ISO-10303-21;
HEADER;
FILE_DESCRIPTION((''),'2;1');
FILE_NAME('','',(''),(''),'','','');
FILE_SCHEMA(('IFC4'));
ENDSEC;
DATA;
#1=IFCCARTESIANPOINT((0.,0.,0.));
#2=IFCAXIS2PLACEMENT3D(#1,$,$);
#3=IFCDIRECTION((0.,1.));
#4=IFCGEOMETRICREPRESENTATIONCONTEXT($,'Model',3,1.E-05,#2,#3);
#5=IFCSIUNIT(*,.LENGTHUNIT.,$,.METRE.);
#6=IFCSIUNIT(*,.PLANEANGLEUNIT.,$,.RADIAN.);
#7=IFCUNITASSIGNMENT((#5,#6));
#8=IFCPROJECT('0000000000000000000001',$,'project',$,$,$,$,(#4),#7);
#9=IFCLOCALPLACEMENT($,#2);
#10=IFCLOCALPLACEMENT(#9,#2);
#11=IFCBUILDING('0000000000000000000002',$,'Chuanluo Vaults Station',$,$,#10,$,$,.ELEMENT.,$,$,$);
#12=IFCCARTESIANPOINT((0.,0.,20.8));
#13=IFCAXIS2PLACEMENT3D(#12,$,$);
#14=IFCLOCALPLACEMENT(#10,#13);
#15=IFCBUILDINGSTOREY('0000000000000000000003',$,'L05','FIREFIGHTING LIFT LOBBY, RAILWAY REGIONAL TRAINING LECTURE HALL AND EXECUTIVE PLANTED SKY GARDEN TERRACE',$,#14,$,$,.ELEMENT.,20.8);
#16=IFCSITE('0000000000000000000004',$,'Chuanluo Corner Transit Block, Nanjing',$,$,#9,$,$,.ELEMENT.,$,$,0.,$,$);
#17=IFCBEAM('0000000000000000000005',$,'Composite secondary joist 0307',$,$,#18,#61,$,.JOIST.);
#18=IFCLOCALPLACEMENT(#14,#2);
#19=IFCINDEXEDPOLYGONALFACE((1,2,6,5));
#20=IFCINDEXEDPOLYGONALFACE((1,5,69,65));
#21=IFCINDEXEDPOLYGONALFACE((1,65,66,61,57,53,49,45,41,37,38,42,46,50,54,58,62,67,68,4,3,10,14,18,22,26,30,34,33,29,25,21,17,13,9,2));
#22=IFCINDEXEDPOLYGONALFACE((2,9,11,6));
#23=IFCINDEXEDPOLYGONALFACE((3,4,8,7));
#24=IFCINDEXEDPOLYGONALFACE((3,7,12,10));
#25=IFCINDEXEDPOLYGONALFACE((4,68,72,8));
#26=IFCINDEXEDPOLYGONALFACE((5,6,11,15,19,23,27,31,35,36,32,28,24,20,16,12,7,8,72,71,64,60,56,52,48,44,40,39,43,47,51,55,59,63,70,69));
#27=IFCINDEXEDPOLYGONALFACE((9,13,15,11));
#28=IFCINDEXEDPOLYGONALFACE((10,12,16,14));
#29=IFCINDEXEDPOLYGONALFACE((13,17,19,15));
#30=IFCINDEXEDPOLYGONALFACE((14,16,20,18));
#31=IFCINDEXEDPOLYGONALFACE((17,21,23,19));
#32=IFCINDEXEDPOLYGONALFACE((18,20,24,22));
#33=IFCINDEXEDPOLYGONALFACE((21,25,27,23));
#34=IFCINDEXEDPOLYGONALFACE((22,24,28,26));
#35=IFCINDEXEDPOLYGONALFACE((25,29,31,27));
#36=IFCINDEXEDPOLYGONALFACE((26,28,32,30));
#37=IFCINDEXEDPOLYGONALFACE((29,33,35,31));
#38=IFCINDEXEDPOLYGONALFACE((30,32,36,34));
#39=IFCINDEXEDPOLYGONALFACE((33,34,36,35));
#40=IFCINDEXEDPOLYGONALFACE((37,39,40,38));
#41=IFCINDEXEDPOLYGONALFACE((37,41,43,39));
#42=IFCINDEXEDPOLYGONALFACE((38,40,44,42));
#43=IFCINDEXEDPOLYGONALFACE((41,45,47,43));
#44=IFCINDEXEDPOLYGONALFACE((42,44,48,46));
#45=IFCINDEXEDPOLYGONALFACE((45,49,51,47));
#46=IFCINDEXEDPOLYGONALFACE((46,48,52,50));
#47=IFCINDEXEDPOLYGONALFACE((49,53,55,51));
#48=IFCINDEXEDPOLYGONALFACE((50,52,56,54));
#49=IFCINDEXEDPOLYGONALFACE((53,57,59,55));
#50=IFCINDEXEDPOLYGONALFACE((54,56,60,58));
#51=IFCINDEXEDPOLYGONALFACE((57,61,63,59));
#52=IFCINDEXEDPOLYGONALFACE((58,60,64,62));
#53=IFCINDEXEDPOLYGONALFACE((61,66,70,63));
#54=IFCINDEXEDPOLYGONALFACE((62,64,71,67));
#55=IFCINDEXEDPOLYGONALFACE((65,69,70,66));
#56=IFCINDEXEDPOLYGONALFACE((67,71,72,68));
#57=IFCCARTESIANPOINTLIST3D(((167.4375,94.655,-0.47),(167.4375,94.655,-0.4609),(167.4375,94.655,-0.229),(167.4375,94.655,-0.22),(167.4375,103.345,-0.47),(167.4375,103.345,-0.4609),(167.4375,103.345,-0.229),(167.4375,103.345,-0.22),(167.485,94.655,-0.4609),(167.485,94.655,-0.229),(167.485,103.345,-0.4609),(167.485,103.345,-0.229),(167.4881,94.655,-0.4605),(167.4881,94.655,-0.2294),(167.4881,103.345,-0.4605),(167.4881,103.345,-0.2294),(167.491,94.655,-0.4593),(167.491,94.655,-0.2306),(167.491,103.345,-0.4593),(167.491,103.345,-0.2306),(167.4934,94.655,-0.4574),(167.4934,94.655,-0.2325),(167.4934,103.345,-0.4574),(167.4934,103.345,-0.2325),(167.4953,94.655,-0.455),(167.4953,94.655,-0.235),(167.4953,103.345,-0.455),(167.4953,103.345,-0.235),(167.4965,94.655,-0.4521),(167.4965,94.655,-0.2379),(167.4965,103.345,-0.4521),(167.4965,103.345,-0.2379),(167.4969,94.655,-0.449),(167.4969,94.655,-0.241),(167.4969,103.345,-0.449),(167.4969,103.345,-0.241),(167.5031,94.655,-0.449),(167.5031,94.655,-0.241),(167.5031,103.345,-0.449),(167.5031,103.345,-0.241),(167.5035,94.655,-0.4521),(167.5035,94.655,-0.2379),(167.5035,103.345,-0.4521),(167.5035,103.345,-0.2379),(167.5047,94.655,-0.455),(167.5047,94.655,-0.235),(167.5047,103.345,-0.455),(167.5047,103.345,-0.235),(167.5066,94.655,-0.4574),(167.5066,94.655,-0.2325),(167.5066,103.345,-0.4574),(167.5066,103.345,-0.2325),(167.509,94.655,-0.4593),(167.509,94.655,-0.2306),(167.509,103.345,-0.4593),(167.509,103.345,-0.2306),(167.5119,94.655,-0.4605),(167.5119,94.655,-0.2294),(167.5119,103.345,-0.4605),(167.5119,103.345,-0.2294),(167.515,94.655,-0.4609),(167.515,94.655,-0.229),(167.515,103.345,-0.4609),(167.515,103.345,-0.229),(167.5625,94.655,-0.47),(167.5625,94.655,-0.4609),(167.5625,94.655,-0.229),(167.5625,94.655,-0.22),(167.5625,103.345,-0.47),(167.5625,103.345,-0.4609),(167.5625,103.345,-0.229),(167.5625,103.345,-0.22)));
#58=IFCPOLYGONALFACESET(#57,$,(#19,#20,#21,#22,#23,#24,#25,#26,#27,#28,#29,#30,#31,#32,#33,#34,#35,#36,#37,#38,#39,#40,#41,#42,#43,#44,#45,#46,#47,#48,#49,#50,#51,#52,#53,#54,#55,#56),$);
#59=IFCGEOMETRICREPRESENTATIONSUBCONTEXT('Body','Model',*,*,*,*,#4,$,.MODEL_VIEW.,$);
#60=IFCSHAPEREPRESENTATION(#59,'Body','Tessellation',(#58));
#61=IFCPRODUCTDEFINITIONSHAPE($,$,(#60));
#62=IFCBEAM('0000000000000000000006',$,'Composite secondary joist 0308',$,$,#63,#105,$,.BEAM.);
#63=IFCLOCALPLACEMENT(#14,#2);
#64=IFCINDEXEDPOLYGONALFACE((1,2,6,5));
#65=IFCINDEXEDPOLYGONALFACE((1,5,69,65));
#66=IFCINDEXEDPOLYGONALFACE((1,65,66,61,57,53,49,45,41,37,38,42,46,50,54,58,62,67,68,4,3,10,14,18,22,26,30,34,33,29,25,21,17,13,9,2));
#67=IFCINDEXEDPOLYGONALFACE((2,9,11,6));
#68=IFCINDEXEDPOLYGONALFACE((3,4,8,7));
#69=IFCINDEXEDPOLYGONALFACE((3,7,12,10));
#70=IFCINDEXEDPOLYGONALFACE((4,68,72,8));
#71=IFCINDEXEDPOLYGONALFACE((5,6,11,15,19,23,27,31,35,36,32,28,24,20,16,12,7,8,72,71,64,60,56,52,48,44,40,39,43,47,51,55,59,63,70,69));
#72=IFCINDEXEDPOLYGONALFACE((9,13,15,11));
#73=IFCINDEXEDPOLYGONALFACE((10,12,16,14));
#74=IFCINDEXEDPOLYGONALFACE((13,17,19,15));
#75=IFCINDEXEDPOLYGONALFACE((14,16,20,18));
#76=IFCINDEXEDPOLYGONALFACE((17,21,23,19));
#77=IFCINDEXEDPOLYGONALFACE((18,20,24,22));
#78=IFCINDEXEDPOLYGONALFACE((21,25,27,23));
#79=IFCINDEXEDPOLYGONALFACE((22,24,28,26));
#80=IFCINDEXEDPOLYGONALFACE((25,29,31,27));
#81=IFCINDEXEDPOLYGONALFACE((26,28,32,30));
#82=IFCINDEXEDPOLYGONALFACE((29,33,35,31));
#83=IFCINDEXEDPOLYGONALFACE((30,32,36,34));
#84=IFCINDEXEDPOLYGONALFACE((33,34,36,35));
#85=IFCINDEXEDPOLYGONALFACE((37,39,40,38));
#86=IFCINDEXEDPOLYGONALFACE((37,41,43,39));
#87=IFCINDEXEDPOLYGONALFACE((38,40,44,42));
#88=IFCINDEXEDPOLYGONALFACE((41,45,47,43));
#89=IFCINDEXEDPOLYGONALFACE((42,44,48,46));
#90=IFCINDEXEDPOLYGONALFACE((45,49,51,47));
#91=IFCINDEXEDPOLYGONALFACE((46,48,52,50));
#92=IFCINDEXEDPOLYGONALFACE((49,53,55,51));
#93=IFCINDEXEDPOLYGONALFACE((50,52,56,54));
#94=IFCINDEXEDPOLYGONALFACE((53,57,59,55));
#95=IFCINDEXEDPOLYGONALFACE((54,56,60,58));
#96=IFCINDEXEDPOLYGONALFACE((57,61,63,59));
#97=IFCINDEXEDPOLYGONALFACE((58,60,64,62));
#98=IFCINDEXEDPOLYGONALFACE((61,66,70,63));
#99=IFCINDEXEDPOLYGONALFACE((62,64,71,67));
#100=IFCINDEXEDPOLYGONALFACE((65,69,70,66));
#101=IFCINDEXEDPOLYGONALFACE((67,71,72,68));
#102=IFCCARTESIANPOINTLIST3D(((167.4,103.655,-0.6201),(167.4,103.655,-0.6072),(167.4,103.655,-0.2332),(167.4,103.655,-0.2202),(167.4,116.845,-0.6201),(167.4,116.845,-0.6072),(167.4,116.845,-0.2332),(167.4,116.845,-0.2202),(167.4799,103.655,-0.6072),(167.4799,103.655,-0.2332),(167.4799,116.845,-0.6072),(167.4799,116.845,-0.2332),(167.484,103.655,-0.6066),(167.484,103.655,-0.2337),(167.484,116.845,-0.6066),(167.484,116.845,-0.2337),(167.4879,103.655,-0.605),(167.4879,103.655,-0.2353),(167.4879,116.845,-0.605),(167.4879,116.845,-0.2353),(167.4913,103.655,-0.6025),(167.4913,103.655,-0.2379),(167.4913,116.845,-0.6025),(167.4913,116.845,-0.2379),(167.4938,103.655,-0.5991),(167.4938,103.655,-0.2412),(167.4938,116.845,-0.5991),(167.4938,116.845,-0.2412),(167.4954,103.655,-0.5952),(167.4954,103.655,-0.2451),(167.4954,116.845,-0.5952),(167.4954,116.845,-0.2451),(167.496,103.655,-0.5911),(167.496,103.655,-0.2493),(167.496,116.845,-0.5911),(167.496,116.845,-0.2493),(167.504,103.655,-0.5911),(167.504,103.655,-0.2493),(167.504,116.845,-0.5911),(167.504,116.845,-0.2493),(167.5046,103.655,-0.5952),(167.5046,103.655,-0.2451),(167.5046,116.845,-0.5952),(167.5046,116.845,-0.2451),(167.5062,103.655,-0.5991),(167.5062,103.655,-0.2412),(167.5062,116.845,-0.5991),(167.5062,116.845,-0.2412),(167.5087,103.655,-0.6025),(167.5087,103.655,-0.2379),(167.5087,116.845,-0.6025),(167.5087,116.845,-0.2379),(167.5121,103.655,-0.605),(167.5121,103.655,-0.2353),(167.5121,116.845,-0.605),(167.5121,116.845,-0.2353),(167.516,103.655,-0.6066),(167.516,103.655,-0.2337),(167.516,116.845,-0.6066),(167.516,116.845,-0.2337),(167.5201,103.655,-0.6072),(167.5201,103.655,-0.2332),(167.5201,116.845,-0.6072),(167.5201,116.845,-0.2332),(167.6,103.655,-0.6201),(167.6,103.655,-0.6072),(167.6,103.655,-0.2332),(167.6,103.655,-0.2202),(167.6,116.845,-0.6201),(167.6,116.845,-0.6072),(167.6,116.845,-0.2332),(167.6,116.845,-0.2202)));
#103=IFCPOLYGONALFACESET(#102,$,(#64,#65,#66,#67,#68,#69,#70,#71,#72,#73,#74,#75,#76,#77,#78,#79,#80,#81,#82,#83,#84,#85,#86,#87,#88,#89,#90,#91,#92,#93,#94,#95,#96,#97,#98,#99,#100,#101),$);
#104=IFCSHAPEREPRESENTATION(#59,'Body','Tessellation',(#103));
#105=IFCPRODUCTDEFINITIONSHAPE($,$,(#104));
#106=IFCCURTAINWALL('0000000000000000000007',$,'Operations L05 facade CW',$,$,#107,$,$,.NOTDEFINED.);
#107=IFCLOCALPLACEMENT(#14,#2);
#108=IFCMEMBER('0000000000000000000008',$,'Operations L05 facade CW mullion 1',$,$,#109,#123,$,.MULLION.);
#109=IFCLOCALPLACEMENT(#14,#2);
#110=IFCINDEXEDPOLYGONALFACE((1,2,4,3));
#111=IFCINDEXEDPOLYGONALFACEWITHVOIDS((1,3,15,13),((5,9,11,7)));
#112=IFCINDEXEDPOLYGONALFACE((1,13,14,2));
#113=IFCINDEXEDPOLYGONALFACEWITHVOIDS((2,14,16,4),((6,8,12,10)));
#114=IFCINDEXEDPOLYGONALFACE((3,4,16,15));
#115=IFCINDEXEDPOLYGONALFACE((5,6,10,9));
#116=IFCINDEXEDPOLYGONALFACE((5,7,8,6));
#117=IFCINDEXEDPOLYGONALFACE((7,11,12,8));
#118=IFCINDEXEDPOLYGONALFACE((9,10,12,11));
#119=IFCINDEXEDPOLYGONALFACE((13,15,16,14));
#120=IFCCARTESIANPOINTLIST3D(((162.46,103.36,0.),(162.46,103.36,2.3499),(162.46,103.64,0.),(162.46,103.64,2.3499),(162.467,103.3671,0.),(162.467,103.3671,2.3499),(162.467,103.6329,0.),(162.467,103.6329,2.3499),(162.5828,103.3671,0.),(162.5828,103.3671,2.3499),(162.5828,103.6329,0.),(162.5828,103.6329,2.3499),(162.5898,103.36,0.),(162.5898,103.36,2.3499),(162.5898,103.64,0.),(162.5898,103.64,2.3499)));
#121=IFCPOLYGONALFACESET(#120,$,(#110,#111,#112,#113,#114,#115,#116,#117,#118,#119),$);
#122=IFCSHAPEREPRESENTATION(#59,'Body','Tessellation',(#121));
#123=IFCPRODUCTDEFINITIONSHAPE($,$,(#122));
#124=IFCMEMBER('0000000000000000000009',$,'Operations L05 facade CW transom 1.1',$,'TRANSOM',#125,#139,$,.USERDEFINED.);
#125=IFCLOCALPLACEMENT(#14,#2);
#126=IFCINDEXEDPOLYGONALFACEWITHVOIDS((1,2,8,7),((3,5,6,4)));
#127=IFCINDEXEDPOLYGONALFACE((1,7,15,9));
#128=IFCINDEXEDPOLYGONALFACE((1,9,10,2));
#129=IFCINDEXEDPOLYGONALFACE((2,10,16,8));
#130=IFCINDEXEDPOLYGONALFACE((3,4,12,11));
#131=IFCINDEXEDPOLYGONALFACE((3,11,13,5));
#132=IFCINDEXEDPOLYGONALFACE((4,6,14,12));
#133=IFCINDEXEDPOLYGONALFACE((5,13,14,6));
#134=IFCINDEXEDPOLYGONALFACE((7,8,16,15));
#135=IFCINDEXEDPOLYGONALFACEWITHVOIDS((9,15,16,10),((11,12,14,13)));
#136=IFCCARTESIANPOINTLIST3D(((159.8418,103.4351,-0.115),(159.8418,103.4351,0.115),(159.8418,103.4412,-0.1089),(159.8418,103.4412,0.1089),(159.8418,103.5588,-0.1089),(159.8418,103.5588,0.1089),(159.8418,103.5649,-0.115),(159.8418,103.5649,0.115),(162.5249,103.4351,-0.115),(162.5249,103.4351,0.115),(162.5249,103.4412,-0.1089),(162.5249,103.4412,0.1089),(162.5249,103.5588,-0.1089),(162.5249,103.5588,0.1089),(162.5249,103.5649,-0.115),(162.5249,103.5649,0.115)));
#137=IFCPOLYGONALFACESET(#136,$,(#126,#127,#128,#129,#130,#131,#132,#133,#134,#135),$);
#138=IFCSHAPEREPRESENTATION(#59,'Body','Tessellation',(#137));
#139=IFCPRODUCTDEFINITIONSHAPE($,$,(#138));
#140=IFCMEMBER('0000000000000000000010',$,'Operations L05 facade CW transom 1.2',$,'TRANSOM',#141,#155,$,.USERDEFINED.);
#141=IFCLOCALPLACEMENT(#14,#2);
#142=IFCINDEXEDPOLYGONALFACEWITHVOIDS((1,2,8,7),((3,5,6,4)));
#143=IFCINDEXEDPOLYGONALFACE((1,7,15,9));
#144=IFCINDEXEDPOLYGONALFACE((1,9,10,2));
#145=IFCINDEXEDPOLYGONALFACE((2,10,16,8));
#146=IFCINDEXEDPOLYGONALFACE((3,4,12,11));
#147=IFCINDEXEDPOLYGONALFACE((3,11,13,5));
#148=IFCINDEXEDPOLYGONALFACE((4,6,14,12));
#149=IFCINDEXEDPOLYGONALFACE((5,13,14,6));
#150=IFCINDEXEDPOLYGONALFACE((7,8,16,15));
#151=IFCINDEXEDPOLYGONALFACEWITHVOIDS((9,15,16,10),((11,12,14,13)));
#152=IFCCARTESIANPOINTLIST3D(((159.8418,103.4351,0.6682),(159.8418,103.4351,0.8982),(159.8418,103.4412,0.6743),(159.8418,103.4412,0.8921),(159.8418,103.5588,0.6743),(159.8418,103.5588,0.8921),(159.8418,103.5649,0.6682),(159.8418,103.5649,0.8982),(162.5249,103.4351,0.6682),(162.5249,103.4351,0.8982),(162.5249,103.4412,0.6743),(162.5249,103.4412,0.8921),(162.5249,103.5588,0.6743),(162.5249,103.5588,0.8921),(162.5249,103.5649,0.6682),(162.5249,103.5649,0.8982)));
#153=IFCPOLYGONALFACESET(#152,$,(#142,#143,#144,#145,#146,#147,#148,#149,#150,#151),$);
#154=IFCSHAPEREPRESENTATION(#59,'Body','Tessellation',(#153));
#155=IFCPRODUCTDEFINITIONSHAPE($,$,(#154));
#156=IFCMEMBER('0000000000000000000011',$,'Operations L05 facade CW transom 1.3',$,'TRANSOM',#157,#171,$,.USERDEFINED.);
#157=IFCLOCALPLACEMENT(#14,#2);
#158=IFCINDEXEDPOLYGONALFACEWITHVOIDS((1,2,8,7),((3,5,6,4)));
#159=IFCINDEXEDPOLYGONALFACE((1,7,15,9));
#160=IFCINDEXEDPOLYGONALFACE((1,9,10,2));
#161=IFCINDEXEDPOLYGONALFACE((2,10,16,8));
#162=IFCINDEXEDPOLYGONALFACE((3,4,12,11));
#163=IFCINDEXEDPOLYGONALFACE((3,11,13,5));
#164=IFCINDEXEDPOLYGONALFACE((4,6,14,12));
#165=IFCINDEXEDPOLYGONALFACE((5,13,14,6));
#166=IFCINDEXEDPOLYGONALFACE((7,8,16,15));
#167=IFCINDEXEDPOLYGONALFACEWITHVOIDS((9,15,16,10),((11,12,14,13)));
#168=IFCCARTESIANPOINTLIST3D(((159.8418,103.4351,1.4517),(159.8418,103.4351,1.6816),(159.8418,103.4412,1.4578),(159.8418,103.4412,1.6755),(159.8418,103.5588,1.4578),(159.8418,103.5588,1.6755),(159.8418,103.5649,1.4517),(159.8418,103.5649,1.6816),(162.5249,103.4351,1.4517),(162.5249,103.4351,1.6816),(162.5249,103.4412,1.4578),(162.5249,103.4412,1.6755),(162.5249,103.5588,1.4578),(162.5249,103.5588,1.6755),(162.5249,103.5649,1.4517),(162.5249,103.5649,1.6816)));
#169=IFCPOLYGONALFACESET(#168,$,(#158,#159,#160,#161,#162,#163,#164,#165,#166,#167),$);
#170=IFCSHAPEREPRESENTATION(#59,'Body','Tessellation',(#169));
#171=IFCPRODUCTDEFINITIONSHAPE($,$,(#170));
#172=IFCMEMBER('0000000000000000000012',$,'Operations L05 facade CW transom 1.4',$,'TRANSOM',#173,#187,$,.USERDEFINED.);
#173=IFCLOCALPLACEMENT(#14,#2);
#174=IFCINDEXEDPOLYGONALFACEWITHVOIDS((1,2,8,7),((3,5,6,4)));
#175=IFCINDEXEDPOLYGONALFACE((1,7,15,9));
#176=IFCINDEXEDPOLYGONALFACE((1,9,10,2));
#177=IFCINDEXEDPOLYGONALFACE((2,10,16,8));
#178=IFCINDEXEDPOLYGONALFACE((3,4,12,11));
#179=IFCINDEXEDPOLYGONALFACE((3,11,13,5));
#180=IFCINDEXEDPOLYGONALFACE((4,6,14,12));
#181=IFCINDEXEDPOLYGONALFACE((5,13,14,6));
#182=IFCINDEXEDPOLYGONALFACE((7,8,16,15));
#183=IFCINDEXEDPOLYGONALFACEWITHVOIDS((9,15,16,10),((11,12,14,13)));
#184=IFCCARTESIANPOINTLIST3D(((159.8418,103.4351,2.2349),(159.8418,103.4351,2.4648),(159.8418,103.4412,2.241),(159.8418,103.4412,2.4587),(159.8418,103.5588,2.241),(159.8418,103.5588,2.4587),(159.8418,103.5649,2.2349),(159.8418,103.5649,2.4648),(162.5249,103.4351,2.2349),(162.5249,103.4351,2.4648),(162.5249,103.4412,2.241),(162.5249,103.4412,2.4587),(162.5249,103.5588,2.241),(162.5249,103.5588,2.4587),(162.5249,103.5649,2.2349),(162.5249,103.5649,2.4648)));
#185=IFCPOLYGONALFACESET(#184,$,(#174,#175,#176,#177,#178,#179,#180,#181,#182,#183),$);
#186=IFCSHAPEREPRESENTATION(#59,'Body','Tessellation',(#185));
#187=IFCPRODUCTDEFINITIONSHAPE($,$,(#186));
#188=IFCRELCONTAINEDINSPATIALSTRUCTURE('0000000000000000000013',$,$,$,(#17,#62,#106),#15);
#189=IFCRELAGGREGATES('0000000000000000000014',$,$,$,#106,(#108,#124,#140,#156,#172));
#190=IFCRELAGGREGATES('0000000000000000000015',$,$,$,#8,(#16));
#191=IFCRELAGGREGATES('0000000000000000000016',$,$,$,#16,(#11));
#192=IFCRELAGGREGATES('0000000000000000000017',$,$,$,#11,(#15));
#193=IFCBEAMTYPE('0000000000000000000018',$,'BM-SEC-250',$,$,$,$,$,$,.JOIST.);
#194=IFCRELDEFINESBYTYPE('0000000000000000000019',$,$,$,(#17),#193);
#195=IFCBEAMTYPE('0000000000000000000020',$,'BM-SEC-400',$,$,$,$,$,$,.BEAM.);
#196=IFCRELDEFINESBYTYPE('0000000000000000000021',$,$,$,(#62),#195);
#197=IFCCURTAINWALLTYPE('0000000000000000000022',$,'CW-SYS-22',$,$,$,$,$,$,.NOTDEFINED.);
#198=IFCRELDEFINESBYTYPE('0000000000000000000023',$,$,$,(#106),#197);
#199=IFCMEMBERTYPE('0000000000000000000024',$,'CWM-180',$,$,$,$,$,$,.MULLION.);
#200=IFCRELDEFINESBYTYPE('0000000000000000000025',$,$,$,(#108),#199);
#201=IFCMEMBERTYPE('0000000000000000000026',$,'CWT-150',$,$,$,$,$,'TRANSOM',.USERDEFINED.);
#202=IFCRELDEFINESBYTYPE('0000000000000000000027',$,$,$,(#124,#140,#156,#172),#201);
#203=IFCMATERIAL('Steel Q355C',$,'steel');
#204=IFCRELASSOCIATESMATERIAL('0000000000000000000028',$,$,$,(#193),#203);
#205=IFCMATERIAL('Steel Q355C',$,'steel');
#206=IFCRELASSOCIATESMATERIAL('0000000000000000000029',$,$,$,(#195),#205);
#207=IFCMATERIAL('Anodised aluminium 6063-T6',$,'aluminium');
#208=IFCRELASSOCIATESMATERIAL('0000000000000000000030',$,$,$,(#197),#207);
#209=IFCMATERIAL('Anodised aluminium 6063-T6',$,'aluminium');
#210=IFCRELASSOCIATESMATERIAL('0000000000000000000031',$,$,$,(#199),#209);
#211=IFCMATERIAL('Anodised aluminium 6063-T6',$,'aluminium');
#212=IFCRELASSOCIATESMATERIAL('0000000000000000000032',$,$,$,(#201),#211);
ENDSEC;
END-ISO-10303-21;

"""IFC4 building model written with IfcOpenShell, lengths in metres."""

from ifc_helpers import new_model, si_unit, direction, frame, origin, origin_2d, place, context, subcontext, project, spatial, hollow_rectangle, i_section, extrude, material, material_profile, profile_set, type_object, element, aggregate, save


model = new_model("IFC4")

# Units and contexts
model_context = context("Model", 3, precision=1e-05, world=origin(), true_north=direction((0.0, 1.0)))
body_context = subcontext(model_context, "Body", "Model", "MODEL_VIEW")
ifc_project = project(units=[si_unit("LENGTHUNIT", "METRE"), si_unit("PLANEANGLEUNIT", "RADIAN")], contexts=[model_context])

# Site, building, storey
site_placement = place(None, origin())
site = spatial("IfcSite", under=ifc_project, at=site_placement, Name="Chuanluo Corner Transit Block, Nanjing", CompositionType="ELEMENT", RefElevation=0.0)
building_placement = place(site_placement, origin())
building = spatial("IfcBuilding", under=site, at=building_placement, Name="Chuanluo Vaults Station", CompositionType="ELEMENT")
storey_placement = place(building_placement, frame((0.0, 0.0, 20.8)))
storey = spatial("IfcBuildingStorey", under=building, at=storey_placement, Name="L05", Description="FIREFIGHTING LIFT LOBBY, RAILWAY REGIONAL TRAINING LECTURE HALL AND EXECUTIVE PLANTED SKY GARDEN TERRACE", CompositionType="ELEMENT", Elevation=20.8)

# Beams
ifc_material_1 = material(Name="Steel Q355C", Category="steel")
ifc_material_profile_1 = material_profile(ifc_material_1, i_section(OverallWidth=0.125, OverallDepth=0.25, WebThickness=0.0061, FlangeThickness=0.009, FilletRadius=0.012, at=origin_2d()))
ifc_profile_set_1 = profile_set([ifc_material_profile_1], Name="Steel Q355C")
beam_type_1 = type_object("IfcBeamType", Name="BM-SEC-250", PredefinedType="JOIST", material=ifc_profile_set_1)
beam_1_placement = place(storey_placement, frame((167.5, 94.655, -0.345), z_axis=(0.0, 1.0, 0.0), x_axis=(-1.0, 0.0, 0.0)))
element("IfcBeam", 1, at=beam_1_placement, inside=storey, type_object=beam_type_1, Name="Composite secondary joist 0307", PredefinedType="JOIST", context=body_context, shape_type="SweptSolid", body=[
    extrude(i_section(OverallWidth=0.125, OverallDepth=0.25, WebThickness=0.0061, FlangeThickness=0.009, FilletRadius=0.012, at=origin_2d()), origin(), (0.0, 0.0, 1.0), 8.6899),
])
ifc_material_2 = material(Name="Steel Q355C", Category="steel")
ifc_material_profile_2 = material_profile(ifc_material_2, i_section(OverallWidth=0.2, OverallDepth=0.3999, WebThickness=0.0081, FlangeThickness=0.0129, FilletRadius=0.0161, at=origin_2d()))
ifc_profile_set_2 = profile_set([ifc_material_profile_2], Name="Steel Q355C")
beam_type_2 = type_object("IfcBeamType", Name="BM-SEC-400", PredefinedType="BEAM", material=ifc_profile_set_2)
beam_2_placement = place(storey_placement, frame((167.5, 103.655, -0.4202), z_axis=(0.0, 1.0, 0.0), x_axis=(-1.0, 0.0, 0.0)))
element("IfcBeam", 2, at=beam_2_placement, inside=storey, type_object=beam_type_2, Name="Composite secondary joist 0308", PredefinedType="BEAM", context=body_context, shape_type="SweptSolid", body=[
    extrude(i_section(OverallWidth=0.2, OverallDepth=0.3999, WebThickness=0.0081, FlangeThickness=0.0129, FilletRadius=0.0161, at=origin_2d()), origin(), (0.0, 0.0, 1.0), 13.1899),
])

# Curtain wall, members
ifc_material_3 = material(Name="Anodised aluminium 6063-T6", Category="aluminium")
curtain_wall_type = type_object("IfcCurtainWallType", Name="CW-SYS-22", PredefinedType="NOTDEFINED", material=ifc_material_3)
curtain_wall_placement = place(storey_placement, origin())
curtain_wall = element("IfcCurtainWall", 3, at=curtain_wall_placement, inside=storey, type_object=curtain_wall_type, Name="Operations L05 facade CW", PredefinedType="NOTDEFINED")
ifc_material_4 = material(Name="Anodised aluminium 6063-T6", Category="aluminium")
ifc_material_profile_3 = material_profile(ifc_material_4, hollow_rectangle(XDim=0.1299, YDim=0.28, WallThickness=0.0071, at=origin_2d()))
ifc_profile_set_3 = profile_set([ifc_material_profile_3], Name="Anodised aluminium 6063-T6")
member_type_1 = type_object("IfcMemberType", Name="CWM-180", PredefinedType="MULLION", material=ifc_profile_set_3)
member_1_placement = place(storey_placement, frame((162.5249, 103.5, 0.0), z_axis=(0.0, 0.0, 1.0), x_axis=(-1.0, 0.0, 0.0)))
member_1 = element("IfcMember", 4, at=member_1_placement, type_object=member_type_1, Name="Operations L05 facade CW mullion 1", PredefinedType="MULLION", context=body_context, shape_type="SweptSolid", body=[
    extrude(hollow_rectangle(XDim=0.1299, YDim=0.28, WallThickness=0.0071, at=origin_2d()), origin(), (0.0, 0.0, 1.0), 2.3499),
])
ifc_material_5 = material(Name="Anodised aluminium 6063-T6", Category="aluminium")
ifc_material_profile_4 = material_profile(ifc_material_5, hollow_rectangle(XDim=0.1299, YDim=0.23, WallThickness=0.0061, at=origin_2d()))
ifc_profile_set_4 = profile_set([ifc_material_profile_4], Name="Anodised aluminium 6063-T6")
member_type_2 = type_object("IfcMemberType", Name="CWT-150", ElementType="TRANSOM", PredefinedType="USERDEFINED", material=ifc_profile_set_4)
member_2_placement = place(storey_placement, frame((162.5249, 103.5, 0.0), z_axis=(-1.0, 0.0, 0.0), x_axis=(0.0, -1.0, 0.0)))
member_2 = element("IfcMember", 5, at=member_2_placement, type_object=member_type_2, Name="Operations L05 facade CW transom 1.1", ObjectType="TRANSOM", PredefinedType="USERDEFINED", context=body_context, shape_type="SweptSolid", body=[
    extrude(hollow_rectangle(XDim=0.1299, YDim=0.23, WallThickness=0.0061, at=origin_2d()), origin(), (0.0, 0.0, 1.0), 2.6831),
])
member_3_placement = place(storey_placement, frame((162.5249, 103.5, 0.7832), z_axis=(-1.0, 0.0, 0.0), x_axis=(0.0, -1.0, 0.0)))
member_3 = element("IfcMember", 6, at=member_3_placement, type_object=member_type_2, Name="Operations L05 facade CW transom 1.2", ObjectType="TRANSOM", PredefinedType="USERDEFINED", context=body_context, shape_type="SweptSolid", body=[
    extrude(hollow_rectangle(XDim=0.1299, YDim=0.23, WallThickness=0.0061, at=origin_2d()), origin(), (0.0, 0.0, 1.0), 2.6831),
])
member_4_placement = place(storey_placement, frame((162.5249, 103.5, 1.5667), z_axis=(-1.0, 0.0, 0.0), x_axis=(0.0, -1.0, 0.0)))
member_4 = element("IfcMember", 7, at=member_4_placement, type_object=member_type_2, Name="Operations L05 facade CW transom 1.3", ObjectType="TRANSOM", PredefinedType="USERDEFINED", context=body_context, shape_type="SweptSolid", body=[
    extrude(hollow_rectangle(XDim=0.1299, YDim=0.23, WallThickness=0.0061, at=origin_2d()), origin(), (0.0, 0.0, 1.0), 2.6831),
])
member_5_placement = place(storey_placement, frame((162.5249, 103.5, 2.3499), z_axis=(-1.0, 0.0, 0.0), x_axis=(0.0, -1.0, 0.0)))
member_5 = element("IfcMember", 8, at=member_5_placement, type_object=member_type_2, Name="Operations L05 facade CW transom 1.4", ObjectType="TRANSOM", PredefinedType="USERDEFINED", context=body_context, shape_type="SweptSolid", body=[
    extrude(hollow_rectangle(XDim=0.1299, YDim=0.23, WallThickness=0.0061, at=origin_2d()), origin(), (0.0, 0.0, 1.0), 2.6831),
])
aggregate(curtain_wall, [member_1, member_2, member_3, member_4, member_5])

save(model, "model.ifc")
